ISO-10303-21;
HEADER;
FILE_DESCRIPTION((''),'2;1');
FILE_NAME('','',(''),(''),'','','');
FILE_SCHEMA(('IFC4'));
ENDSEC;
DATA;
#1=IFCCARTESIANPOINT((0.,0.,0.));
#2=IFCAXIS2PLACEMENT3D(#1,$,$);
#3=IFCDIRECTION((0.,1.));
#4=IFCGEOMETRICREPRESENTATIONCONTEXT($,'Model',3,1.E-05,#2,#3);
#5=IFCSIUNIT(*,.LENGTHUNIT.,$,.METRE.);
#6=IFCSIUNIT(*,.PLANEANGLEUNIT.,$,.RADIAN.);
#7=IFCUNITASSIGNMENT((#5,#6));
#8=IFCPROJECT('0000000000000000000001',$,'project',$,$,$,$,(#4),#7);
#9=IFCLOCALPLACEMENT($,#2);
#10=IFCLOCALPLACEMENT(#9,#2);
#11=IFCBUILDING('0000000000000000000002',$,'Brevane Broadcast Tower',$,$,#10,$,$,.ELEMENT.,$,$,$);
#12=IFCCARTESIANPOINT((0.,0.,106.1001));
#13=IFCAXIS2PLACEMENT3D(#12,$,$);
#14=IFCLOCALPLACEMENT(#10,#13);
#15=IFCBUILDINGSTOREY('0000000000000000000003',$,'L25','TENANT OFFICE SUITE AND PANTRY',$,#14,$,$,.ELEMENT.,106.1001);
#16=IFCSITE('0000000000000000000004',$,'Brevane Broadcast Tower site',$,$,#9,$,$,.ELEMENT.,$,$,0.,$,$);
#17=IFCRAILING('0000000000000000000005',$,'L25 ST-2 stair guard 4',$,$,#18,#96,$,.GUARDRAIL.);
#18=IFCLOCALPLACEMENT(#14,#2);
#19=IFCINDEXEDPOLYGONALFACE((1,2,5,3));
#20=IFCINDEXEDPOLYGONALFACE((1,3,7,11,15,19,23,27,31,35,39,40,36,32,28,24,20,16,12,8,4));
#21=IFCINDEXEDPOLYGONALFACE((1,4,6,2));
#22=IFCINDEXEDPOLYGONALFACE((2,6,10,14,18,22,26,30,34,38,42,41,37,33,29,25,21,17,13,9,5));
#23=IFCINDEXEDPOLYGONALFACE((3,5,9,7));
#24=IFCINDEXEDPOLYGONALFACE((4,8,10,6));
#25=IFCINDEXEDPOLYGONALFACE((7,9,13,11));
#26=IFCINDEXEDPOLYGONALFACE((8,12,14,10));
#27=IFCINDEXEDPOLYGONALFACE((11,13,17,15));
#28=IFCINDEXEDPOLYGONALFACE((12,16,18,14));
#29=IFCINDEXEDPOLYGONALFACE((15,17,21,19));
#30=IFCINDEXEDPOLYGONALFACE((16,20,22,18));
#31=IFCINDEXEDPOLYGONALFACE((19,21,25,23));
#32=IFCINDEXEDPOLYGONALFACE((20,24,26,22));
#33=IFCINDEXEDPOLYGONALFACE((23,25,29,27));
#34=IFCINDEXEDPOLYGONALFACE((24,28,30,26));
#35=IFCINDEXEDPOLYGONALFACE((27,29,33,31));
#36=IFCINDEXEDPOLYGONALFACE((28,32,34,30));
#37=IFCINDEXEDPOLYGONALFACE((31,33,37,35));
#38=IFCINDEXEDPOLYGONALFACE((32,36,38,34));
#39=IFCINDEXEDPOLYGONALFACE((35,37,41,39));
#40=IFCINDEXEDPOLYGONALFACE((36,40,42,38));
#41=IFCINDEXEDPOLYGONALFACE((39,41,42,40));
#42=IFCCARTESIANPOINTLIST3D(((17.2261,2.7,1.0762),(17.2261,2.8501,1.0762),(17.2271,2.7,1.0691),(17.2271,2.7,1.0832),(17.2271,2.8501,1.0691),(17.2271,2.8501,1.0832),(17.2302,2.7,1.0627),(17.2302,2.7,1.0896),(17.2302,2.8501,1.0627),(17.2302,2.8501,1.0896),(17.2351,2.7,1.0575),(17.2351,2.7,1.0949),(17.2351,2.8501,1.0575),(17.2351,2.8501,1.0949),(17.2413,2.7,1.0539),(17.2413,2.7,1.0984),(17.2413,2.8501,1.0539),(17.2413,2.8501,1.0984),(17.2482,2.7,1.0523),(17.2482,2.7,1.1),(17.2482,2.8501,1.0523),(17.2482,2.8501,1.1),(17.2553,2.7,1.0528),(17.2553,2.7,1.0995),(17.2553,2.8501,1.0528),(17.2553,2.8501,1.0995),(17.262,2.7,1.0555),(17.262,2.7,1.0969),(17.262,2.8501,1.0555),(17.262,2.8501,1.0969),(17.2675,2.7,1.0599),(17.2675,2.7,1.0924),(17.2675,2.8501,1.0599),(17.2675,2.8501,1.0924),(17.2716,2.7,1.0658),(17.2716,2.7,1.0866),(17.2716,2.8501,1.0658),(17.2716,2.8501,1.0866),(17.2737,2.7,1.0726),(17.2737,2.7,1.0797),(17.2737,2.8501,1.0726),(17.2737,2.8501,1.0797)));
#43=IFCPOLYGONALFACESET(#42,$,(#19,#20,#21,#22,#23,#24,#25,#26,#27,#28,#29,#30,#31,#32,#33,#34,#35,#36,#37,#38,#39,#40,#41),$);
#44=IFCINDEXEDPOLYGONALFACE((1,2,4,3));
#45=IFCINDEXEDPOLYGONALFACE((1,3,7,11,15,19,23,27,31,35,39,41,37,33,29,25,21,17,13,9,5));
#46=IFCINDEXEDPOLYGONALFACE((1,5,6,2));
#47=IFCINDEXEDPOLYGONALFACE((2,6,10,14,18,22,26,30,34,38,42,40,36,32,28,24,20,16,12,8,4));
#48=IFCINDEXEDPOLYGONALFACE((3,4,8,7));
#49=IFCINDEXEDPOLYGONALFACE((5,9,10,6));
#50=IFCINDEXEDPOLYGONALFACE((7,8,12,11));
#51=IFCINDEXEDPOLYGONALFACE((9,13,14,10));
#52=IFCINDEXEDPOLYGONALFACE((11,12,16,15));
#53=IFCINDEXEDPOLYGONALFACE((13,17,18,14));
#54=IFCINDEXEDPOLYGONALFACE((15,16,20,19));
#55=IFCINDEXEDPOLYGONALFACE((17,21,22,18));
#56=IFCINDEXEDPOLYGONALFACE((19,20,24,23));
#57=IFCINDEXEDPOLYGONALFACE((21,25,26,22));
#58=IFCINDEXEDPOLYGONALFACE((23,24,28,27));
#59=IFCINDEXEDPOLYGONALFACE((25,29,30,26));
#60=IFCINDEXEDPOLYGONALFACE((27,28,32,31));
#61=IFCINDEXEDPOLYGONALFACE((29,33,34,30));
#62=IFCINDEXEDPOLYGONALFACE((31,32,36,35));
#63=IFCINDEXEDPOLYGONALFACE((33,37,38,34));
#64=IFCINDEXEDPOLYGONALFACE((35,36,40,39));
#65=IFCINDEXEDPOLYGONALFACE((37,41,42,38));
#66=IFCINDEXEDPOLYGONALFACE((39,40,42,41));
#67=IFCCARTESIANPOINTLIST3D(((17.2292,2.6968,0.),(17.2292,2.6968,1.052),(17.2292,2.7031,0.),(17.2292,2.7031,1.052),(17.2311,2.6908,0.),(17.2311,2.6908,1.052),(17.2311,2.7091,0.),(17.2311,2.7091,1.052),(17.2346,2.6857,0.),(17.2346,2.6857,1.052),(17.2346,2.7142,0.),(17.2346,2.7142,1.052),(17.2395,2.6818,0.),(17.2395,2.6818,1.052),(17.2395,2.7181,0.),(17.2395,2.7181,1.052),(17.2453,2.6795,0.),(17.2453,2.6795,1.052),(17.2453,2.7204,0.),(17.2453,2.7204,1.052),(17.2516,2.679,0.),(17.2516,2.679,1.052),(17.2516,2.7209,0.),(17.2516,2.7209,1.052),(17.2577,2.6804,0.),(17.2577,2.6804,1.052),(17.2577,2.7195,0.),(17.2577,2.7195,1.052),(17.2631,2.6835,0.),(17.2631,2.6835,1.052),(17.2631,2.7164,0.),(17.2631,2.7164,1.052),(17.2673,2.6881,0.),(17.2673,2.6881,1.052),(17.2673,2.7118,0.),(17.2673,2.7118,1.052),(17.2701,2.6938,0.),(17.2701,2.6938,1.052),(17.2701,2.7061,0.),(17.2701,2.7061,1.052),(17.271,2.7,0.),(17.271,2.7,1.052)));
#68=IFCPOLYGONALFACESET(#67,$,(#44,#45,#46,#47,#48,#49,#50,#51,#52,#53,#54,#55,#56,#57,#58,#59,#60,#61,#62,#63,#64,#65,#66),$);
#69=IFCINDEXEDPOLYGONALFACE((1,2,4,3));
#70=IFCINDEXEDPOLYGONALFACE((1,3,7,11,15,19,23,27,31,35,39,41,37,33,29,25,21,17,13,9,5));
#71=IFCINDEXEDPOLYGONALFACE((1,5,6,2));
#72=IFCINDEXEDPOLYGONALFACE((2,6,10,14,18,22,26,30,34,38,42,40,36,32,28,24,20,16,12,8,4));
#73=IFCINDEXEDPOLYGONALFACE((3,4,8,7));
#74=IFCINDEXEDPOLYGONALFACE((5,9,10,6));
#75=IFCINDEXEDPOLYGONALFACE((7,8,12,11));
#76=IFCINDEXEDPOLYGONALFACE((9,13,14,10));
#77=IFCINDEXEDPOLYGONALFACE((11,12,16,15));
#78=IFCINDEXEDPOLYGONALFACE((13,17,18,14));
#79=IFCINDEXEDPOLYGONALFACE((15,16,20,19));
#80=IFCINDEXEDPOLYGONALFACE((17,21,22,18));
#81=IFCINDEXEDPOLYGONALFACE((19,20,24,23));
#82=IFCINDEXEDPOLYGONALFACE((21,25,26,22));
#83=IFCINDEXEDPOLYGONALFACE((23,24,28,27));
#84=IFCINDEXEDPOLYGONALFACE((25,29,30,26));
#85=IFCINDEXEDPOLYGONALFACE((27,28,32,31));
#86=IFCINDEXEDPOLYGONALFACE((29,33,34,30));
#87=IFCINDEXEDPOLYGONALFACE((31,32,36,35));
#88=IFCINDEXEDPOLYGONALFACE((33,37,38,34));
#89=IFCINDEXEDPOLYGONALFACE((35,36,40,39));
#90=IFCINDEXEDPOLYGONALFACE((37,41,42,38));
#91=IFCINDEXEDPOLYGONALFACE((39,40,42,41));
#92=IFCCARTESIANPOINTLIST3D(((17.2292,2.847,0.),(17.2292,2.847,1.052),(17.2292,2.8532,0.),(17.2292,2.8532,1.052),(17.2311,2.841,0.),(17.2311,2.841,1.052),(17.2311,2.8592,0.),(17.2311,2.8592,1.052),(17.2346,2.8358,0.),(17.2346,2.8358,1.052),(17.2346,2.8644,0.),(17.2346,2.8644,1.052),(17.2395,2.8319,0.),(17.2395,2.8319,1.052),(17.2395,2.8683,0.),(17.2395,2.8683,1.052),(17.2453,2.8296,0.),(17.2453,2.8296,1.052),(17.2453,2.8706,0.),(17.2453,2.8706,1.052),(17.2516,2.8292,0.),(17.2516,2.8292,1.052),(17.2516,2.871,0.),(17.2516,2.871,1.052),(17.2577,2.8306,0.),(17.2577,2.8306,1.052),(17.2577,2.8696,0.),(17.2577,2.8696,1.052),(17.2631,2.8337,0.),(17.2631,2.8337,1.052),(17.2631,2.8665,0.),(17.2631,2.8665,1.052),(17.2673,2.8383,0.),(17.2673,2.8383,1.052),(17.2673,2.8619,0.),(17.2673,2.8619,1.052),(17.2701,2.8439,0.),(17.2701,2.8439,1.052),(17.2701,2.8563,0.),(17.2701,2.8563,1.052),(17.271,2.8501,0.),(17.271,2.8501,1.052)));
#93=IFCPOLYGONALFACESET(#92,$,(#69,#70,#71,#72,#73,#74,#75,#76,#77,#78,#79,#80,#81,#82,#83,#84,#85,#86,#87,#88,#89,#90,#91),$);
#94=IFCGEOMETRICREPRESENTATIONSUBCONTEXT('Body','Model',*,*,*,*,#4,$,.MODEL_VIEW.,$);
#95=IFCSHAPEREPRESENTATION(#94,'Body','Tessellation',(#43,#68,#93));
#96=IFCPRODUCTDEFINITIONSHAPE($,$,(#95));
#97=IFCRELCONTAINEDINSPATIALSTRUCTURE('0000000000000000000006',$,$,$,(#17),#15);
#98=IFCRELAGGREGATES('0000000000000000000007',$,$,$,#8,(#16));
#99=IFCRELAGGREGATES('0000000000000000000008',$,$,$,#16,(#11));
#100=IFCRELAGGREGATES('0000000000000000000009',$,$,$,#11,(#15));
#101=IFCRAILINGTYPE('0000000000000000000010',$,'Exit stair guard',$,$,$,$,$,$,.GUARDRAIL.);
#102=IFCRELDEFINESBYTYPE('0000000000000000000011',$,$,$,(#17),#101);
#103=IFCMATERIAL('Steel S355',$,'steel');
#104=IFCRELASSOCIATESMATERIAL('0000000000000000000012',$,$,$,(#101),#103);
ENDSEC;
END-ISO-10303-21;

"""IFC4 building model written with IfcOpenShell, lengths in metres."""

from ifc_helpers import new_model, si_unit, direction, frame, origin, origin_2d, place, context, subcontext, project, spatial, circle, extrude, material, type_object, element, save


model = new_model("IFC4")

# Units and contexts
model_context = context("Model", 3, precision=1e-05, world=origin(), true_north=direction((0.0, 1.0)))
body_context = subcontext(model_context, "Body", "Model", "MODEL_VIEW")
ifc_project = project(units=[si_unit("LENGTHUNIT", "METRE"), si_unit("PLANEANGLEUNIT", "RADIAN")], contexts=[model_context])

# Site, building, storey
site_placement = place(None, origin())
site = spatial("IfcSite", under=ifc_project, at=site_placement, Name="Brevane Broadcast Tower site", CompositionType="ELEMENT", RefElevation=0.0)
building_placement = place(site_placement, origin())
building = spatial("IfcBuilding", under=site, at=building_placement, Name="Brevane Broadcast Tower", CompositionType="ELEMENT")
storey_placement = place(building_placement, frame((0.0, 0.0, 106.1001)))
storey = spatial("IfcBuildingStorey", under=building, at=storey_placement, Name="L25", Description="TENANT OFFICE SUITE AND PANTRY", CompositionType="ELEMENT", Elevation=106.1001)

# Railing
ifc_material_1 = material(Name="Steel S355", Category="steel")
railing_type_1 = type_object("IfcRailingType", Name="Exit stair guard", PredefinedType="GUARDRAIL", material=ifc_material_1)
railing_1_placement = place(storey_placement, frame((17.25, 2.7, 0.0)))
element("IfcRailing", 1, at=railing_1_placement, inside=storey, type_object=railing_type_1, Name="L25 ST-2 stair guard 4", PredefinedType="GUARDRAIL", context=body_context, shape_type="SweptSolid", body=[
    extrude(circle(Radius=0.0239, at=origin_2d()), frame((0.0, 0.0, 1.0762), z_axis=(0.0, 1.0, 0.0), x_axis=(-1.0, 0.0, 0.0)), (0.0, 0.0, 1.0), 0.1501),
    extrude(circle(Radius=0.021, at=origin_2d()), origin(), (0.0, 0.0, 1.0), 1.052),
    extrude(circle(Radius=0.021, at=origin_2d()), frame((0.0, 0.1501, 0.0)), (0.0, 0.0, 1.0), 1.052),
])

save(model, "model.ifc")
